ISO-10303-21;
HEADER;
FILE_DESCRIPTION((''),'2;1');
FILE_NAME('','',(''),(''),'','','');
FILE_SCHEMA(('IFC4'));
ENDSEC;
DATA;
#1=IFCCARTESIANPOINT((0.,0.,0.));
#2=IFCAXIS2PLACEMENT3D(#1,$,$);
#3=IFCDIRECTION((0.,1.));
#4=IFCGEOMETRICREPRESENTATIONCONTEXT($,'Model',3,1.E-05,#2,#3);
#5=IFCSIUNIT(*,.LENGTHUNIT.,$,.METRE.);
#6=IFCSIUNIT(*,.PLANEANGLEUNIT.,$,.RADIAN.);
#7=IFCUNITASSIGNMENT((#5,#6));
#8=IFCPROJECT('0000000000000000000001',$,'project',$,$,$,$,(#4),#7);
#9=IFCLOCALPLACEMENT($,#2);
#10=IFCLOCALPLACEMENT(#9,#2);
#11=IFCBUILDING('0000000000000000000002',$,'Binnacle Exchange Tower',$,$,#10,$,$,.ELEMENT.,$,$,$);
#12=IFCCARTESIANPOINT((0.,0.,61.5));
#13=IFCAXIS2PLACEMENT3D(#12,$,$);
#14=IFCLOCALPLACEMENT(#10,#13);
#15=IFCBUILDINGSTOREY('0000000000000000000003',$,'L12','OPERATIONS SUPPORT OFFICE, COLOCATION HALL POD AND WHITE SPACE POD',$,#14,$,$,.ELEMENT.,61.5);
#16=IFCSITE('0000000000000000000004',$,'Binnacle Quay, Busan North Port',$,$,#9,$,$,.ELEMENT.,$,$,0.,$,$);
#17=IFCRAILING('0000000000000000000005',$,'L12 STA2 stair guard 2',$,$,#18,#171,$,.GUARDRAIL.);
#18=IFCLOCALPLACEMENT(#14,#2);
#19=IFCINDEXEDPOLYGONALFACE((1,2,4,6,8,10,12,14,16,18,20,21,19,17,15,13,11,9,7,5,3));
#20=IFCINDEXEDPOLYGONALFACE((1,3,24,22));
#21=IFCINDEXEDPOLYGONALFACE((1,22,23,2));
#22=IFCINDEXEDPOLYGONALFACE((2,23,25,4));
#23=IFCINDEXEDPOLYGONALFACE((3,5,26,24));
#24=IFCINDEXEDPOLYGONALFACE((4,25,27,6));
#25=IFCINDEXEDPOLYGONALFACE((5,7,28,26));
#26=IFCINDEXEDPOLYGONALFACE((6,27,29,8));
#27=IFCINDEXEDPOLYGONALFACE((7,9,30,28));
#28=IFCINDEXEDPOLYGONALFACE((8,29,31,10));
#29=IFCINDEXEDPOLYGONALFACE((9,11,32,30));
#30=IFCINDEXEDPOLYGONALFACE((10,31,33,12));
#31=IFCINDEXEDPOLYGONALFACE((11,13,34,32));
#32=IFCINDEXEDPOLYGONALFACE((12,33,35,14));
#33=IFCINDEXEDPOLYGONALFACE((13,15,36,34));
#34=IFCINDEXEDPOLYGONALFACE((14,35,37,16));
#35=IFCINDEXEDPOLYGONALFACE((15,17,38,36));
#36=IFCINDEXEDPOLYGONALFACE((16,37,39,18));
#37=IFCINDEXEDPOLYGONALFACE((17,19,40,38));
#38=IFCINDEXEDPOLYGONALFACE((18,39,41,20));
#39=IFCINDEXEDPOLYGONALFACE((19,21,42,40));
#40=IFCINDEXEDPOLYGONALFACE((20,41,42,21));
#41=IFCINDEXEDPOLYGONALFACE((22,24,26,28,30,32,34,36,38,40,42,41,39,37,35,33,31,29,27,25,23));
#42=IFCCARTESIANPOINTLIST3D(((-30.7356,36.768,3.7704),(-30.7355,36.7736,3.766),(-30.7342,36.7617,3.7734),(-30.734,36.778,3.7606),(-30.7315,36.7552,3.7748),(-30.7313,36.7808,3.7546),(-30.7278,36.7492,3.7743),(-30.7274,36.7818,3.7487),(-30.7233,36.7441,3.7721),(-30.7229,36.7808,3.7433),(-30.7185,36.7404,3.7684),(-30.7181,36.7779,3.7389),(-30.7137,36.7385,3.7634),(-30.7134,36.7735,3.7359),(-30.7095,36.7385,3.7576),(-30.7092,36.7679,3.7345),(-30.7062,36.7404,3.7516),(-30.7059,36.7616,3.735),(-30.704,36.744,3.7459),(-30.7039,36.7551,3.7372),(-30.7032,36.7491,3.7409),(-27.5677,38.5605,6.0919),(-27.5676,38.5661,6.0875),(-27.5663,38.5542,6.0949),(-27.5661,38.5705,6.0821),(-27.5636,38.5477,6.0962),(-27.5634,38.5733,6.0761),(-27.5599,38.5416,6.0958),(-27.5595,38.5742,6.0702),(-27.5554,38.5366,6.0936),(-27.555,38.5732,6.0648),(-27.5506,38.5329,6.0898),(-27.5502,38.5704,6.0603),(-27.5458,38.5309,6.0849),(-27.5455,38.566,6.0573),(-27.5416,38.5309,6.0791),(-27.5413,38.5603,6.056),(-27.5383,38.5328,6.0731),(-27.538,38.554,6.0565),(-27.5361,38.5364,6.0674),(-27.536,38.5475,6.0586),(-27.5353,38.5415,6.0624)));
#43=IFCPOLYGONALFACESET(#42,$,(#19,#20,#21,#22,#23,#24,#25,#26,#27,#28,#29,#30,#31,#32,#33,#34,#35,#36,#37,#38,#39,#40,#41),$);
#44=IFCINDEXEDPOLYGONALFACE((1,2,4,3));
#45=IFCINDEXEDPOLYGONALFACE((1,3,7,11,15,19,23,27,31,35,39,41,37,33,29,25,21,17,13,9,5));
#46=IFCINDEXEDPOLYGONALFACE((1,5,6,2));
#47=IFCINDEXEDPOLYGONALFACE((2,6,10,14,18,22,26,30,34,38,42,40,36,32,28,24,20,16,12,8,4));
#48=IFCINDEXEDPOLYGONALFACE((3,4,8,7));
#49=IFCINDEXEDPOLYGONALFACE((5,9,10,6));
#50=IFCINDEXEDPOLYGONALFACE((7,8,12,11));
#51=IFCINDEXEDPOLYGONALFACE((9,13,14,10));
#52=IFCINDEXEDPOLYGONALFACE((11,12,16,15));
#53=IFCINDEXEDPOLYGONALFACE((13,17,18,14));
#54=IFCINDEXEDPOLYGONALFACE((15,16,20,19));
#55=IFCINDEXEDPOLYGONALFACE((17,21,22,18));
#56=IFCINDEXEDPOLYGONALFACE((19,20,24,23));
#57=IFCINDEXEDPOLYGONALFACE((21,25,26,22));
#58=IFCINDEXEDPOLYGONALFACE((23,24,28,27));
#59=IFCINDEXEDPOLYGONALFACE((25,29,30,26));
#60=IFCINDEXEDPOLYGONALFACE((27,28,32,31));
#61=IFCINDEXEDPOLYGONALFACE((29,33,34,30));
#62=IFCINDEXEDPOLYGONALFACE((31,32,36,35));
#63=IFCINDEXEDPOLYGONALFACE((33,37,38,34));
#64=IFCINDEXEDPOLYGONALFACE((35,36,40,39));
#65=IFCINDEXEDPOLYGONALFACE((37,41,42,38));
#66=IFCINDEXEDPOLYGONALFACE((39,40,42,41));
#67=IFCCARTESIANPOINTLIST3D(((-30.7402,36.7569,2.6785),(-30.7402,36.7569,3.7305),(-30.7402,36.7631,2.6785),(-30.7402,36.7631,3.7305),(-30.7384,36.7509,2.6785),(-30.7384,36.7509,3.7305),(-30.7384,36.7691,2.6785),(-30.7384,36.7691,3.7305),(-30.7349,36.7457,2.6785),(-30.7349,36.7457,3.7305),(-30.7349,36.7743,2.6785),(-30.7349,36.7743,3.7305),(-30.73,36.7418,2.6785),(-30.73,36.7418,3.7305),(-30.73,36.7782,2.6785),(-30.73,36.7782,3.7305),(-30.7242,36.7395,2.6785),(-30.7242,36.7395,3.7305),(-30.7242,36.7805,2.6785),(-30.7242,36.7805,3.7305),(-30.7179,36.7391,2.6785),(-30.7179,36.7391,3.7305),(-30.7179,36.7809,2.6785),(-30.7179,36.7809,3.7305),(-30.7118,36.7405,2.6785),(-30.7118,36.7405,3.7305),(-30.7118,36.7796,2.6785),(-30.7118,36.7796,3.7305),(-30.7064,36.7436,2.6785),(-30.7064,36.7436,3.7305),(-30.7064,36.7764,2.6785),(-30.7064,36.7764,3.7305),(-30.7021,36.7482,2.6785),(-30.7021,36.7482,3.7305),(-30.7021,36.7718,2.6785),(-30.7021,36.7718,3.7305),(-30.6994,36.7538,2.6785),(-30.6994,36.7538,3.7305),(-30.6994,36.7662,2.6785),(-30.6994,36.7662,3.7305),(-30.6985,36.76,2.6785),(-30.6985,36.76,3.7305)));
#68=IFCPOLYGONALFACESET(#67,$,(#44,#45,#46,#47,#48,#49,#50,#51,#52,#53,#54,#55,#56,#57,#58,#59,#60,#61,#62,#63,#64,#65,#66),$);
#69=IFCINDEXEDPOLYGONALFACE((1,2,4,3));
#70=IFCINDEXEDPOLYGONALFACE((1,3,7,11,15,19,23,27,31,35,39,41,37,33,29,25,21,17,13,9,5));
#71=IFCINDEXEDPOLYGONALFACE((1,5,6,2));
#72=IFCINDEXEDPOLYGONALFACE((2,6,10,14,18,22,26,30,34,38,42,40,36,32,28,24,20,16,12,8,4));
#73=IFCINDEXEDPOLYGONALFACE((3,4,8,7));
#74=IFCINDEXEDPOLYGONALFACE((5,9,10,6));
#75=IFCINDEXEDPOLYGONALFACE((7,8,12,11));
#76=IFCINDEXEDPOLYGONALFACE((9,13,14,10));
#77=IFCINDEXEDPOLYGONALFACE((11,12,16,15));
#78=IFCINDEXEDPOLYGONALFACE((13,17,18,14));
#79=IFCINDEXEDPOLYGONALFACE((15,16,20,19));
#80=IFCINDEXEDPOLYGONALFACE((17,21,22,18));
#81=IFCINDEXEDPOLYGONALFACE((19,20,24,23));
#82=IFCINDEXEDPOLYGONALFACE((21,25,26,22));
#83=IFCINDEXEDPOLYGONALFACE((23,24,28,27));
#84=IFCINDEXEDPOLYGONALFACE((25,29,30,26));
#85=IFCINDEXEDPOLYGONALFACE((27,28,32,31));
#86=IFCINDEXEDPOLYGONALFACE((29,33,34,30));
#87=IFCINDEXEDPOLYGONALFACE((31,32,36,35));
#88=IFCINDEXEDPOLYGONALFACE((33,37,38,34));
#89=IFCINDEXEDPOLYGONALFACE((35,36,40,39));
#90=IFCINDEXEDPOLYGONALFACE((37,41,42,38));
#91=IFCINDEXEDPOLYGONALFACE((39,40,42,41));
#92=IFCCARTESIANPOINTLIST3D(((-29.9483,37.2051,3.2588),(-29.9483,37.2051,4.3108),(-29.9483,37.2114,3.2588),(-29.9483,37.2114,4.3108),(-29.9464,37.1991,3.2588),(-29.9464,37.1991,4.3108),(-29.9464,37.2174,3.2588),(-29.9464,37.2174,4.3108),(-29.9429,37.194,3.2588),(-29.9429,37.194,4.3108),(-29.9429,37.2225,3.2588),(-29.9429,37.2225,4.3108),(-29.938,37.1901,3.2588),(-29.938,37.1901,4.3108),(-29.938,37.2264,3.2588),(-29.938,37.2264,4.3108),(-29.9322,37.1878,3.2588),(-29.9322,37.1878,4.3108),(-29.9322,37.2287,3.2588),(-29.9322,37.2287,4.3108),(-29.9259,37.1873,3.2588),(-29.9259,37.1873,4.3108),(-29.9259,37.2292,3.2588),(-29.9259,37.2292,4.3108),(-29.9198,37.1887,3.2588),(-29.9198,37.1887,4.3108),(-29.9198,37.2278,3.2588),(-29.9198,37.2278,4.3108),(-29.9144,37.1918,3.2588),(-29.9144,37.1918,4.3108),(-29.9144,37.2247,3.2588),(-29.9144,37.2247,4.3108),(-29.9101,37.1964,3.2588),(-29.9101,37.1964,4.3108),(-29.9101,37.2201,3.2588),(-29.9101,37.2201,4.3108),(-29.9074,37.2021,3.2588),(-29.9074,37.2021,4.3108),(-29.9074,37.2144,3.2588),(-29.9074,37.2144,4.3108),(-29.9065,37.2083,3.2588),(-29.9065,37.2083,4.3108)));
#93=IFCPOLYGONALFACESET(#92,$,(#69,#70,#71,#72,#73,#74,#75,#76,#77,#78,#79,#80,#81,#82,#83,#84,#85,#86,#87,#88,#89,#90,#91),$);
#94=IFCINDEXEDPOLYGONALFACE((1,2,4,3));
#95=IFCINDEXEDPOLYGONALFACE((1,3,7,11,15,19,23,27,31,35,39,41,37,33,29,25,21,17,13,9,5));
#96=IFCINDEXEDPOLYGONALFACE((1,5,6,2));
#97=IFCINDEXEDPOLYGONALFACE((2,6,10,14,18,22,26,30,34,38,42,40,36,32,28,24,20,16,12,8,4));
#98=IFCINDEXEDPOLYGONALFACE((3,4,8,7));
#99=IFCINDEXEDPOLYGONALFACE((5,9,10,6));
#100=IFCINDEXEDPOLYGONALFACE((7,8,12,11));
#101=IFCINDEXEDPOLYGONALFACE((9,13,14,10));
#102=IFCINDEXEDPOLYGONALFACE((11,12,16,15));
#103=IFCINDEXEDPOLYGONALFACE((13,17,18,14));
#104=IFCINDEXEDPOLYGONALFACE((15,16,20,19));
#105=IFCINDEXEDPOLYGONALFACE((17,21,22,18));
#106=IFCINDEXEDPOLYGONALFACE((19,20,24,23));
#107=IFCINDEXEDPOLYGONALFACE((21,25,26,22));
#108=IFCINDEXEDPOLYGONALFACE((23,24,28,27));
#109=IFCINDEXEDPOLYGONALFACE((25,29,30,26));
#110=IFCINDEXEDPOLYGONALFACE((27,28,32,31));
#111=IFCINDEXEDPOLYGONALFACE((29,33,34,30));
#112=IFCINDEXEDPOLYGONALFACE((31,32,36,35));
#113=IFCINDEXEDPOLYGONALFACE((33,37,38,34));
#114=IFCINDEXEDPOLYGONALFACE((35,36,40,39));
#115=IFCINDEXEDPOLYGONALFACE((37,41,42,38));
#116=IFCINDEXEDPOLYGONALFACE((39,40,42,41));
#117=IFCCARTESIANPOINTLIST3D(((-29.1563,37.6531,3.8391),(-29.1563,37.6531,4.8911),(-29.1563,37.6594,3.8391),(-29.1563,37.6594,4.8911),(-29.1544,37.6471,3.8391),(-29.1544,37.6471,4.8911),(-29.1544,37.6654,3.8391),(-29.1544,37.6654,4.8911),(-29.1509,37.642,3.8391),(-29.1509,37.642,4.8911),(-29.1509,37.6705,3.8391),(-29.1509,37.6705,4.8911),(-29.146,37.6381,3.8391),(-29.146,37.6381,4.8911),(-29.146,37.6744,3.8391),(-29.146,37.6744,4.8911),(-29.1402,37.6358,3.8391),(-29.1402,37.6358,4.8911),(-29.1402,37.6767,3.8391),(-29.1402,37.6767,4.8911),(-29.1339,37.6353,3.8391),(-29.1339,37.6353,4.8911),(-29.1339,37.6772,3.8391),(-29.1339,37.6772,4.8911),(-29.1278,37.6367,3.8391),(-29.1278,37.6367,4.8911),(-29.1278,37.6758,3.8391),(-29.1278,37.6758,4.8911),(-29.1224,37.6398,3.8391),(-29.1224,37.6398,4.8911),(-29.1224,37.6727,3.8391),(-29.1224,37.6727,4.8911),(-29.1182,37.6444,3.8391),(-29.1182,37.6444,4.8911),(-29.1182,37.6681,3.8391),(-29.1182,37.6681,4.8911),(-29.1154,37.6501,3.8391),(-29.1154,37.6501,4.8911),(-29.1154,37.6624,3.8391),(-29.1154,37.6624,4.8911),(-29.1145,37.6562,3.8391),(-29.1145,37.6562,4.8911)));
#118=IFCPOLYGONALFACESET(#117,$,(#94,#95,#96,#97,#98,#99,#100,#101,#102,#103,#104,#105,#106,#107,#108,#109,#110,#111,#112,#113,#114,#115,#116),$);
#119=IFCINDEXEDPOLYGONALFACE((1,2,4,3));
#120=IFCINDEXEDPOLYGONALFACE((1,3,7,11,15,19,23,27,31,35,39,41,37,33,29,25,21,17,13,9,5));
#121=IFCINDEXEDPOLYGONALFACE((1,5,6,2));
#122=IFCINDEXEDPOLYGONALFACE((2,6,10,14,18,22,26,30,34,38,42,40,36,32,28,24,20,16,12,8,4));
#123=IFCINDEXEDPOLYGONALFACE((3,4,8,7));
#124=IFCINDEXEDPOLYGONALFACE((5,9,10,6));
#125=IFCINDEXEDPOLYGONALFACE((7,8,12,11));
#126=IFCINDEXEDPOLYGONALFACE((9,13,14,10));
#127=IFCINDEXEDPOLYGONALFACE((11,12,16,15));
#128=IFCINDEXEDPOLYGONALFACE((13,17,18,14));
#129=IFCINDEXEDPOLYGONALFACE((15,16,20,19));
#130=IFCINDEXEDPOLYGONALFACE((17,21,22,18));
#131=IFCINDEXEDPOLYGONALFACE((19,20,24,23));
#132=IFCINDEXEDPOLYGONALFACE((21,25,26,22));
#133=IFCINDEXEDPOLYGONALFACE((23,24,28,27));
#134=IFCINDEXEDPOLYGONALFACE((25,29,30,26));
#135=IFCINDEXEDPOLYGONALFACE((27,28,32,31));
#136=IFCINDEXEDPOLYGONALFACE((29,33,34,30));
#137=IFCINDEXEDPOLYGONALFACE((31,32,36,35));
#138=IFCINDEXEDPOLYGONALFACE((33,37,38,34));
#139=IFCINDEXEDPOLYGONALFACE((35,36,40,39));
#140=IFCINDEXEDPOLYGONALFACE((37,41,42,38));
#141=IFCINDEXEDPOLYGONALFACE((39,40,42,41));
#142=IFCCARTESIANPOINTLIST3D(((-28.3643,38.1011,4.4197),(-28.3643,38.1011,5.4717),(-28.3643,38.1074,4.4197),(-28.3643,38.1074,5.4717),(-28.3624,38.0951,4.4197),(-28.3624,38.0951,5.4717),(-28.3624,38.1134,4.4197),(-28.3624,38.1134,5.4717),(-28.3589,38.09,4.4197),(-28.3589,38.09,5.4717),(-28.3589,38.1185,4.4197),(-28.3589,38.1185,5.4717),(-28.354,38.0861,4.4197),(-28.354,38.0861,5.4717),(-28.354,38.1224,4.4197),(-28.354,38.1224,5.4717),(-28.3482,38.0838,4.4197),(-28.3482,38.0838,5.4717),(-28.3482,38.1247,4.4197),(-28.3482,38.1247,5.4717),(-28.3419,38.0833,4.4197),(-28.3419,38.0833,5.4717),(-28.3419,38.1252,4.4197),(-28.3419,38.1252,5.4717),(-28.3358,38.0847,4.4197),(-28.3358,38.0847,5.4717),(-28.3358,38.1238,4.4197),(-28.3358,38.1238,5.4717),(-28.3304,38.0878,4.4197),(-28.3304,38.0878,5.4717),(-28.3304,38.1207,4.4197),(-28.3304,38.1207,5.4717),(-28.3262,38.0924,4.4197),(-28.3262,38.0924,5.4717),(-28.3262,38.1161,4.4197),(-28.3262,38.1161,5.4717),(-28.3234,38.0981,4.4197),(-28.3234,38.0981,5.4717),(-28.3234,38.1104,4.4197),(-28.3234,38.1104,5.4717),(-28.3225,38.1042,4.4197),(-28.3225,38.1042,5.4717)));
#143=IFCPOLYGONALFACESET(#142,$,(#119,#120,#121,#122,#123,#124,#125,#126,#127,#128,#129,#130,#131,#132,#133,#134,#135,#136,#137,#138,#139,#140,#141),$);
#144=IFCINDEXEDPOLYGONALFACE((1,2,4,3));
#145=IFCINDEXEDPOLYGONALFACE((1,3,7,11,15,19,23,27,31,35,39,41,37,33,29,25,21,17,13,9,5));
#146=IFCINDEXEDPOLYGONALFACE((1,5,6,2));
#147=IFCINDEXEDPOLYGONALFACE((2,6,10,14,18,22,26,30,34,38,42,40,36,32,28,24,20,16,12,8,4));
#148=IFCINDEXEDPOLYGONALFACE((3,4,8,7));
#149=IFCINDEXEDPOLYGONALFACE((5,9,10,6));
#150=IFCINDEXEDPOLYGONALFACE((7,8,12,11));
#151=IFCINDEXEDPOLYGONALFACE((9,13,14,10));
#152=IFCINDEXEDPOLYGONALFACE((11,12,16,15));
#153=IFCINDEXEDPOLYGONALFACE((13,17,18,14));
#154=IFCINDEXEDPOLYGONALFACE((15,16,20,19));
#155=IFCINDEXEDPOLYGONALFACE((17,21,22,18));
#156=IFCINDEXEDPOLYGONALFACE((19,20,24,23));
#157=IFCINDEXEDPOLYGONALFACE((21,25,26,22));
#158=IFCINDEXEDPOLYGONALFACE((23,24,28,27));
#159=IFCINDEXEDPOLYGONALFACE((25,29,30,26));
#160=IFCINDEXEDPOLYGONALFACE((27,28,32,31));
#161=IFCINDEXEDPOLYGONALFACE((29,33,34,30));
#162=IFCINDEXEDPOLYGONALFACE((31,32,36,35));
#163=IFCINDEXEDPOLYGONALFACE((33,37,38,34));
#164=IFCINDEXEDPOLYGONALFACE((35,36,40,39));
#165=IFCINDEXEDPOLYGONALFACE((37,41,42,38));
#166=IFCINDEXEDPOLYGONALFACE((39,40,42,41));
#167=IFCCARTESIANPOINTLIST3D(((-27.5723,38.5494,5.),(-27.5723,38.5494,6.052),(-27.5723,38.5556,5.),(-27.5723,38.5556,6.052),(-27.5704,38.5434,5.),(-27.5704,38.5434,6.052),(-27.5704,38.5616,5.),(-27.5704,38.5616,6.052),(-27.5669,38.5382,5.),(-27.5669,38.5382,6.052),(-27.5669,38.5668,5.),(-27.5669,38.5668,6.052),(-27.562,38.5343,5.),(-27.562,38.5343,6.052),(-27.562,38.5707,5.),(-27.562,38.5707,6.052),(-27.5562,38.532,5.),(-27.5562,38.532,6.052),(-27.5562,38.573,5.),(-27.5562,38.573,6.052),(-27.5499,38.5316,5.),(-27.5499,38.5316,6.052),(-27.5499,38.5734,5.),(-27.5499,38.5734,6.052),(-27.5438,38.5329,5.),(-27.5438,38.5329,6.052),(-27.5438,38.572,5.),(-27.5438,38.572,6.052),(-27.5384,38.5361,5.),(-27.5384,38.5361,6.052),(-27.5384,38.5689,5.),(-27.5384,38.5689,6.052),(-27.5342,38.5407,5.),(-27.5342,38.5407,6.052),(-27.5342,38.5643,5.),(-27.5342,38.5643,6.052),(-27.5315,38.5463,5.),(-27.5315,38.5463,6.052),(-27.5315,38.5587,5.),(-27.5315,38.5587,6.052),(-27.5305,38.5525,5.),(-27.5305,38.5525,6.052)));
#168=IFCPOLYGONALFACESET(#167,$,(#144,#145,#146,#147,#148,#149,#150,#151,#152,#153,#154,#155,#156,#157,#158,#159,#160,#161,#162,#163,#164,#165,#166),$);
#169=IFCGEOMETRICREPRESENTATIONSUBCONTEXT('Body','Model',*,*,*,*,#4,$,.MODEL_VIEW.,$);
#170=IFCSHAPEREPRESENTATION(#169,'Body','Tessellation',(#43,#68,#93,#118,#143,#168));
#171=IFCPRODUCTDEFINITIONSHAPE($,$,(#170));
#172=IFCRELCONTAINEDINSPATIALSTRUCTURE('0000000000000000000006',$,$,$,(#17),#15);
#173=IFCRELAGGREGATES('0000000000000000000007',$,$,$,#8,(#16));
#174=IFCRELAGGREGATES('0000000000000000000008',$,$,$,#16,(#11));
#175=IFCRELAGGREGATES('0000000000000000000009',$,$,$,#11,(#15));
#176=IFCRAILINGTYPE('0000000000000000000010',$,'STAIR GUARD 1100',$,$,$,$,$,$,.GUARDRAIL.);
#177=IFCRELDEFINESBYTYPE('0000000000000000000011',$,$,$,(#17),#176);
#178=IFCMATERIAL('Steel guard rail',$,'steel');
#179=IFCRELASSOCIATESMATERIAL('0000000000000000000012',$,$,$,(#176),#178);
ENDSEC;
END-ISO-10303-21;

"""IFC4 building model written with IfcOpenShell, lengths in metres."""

from ifc_helpers import new_model, si_unit, direction, frame, origin, origin_2d, place, context, subcontext, project, spatial, circle, extrude, material, type_object, element, save


model = new_model("IFC4")

# Units and contexts
model_context = context("Model", 3, precision=1e-05, world=origin(), true_north=direction((0.0, 1.0)))
body_context = subcontext(model_context, "Body", "Model", "MODEL_VIEW")
ifc_project = project(units=[si_unit("LENGTHUNIT", "METRE"), si_unit("PLANEANGLEUNIT", "RADIAN")], contexts=[model_context])

# Site, building, storey
site_placement = place(None, origin())
site = spatial("IfcSite", under=ifc_project, at=site_placement, Name="Binnacle Quay, Busan North Port", CompositionType="ELEMENT", RefElevation=0.0)
building_placement = place(site_placement, origin())
building = spatial("IfcBuilding", under=site, at=building_placement, Name="Binnacle Exchange Tower", CompositionType="ELEMENT")
storey_placement = place(building_placement, frame((0.0, 0.0, 61.5)))
storey = spatial("IfcBuildingStorey", under=building, at=storey_placement, Name="L12", Description="OPERATIONS SUPPORT OFFICE, COLOCATION HALL POD AND WHITE SPACE POD", CompositionType="ELEMENT", Elevation=61.5)

# Railing
ifc_material_1 = material(Name="Steel guard rail", Category="steel")
railing_type = type_object("IfcRailingType", Name="STAIR GUARD 1100", PredefinedType="GUARDRAIL", material=ifc_material_1)
railing_placement = place(storey_placement, frame((-30.7195, 36.76, 2.6785)))
element("IfcRailing", 1, at=railing_placement, inside=storey, type_object=railing_type, Name="L12 STA2 stair guard 2", PredefinedType="GUARDRAIL", context=body_context, shape_type="SweptSolid", body=[
    extrude(circle(Radius=0.0239, at=origin_2d()), frame((0.0, 0.0, 1.0762), z_axis=(0.733796, 0.415192, 0.537736), x_axis=(-0.492451, 0.87034, 0.0)), (0.0, 0.0, 1.0), 4.3171),
    extrude(circle(Radius=0.021, at=origin_2d()), origin(), (0.0, 0.0, 1.0), 1.052),
    extrude(circle(Radius=0.021, at=origin_2d()), frame((0.792, 0.4482, 0.5803)), (0.0, 0.0, 1.0), 1.052),
    extrude(circle(Radius=0.021, at=origin_2d()), frame((1.584, 0.8962, 1.1606)), (0.0, 0.0, 1.0), 1.052),
    extrude(circle(Radius=0.021, at=origin_2d()), frame((2.376, 1.3442, 1.7412)), (0.0, 0.0, 1.0), 1.052),
    extrude(circle(Radius=0.021, at=origin_2d()), frame((3.168, 1.7925, 2.3215)), (0.0, 0.0, 1.0), 1.052),
])

save(model, "model.ifc")
